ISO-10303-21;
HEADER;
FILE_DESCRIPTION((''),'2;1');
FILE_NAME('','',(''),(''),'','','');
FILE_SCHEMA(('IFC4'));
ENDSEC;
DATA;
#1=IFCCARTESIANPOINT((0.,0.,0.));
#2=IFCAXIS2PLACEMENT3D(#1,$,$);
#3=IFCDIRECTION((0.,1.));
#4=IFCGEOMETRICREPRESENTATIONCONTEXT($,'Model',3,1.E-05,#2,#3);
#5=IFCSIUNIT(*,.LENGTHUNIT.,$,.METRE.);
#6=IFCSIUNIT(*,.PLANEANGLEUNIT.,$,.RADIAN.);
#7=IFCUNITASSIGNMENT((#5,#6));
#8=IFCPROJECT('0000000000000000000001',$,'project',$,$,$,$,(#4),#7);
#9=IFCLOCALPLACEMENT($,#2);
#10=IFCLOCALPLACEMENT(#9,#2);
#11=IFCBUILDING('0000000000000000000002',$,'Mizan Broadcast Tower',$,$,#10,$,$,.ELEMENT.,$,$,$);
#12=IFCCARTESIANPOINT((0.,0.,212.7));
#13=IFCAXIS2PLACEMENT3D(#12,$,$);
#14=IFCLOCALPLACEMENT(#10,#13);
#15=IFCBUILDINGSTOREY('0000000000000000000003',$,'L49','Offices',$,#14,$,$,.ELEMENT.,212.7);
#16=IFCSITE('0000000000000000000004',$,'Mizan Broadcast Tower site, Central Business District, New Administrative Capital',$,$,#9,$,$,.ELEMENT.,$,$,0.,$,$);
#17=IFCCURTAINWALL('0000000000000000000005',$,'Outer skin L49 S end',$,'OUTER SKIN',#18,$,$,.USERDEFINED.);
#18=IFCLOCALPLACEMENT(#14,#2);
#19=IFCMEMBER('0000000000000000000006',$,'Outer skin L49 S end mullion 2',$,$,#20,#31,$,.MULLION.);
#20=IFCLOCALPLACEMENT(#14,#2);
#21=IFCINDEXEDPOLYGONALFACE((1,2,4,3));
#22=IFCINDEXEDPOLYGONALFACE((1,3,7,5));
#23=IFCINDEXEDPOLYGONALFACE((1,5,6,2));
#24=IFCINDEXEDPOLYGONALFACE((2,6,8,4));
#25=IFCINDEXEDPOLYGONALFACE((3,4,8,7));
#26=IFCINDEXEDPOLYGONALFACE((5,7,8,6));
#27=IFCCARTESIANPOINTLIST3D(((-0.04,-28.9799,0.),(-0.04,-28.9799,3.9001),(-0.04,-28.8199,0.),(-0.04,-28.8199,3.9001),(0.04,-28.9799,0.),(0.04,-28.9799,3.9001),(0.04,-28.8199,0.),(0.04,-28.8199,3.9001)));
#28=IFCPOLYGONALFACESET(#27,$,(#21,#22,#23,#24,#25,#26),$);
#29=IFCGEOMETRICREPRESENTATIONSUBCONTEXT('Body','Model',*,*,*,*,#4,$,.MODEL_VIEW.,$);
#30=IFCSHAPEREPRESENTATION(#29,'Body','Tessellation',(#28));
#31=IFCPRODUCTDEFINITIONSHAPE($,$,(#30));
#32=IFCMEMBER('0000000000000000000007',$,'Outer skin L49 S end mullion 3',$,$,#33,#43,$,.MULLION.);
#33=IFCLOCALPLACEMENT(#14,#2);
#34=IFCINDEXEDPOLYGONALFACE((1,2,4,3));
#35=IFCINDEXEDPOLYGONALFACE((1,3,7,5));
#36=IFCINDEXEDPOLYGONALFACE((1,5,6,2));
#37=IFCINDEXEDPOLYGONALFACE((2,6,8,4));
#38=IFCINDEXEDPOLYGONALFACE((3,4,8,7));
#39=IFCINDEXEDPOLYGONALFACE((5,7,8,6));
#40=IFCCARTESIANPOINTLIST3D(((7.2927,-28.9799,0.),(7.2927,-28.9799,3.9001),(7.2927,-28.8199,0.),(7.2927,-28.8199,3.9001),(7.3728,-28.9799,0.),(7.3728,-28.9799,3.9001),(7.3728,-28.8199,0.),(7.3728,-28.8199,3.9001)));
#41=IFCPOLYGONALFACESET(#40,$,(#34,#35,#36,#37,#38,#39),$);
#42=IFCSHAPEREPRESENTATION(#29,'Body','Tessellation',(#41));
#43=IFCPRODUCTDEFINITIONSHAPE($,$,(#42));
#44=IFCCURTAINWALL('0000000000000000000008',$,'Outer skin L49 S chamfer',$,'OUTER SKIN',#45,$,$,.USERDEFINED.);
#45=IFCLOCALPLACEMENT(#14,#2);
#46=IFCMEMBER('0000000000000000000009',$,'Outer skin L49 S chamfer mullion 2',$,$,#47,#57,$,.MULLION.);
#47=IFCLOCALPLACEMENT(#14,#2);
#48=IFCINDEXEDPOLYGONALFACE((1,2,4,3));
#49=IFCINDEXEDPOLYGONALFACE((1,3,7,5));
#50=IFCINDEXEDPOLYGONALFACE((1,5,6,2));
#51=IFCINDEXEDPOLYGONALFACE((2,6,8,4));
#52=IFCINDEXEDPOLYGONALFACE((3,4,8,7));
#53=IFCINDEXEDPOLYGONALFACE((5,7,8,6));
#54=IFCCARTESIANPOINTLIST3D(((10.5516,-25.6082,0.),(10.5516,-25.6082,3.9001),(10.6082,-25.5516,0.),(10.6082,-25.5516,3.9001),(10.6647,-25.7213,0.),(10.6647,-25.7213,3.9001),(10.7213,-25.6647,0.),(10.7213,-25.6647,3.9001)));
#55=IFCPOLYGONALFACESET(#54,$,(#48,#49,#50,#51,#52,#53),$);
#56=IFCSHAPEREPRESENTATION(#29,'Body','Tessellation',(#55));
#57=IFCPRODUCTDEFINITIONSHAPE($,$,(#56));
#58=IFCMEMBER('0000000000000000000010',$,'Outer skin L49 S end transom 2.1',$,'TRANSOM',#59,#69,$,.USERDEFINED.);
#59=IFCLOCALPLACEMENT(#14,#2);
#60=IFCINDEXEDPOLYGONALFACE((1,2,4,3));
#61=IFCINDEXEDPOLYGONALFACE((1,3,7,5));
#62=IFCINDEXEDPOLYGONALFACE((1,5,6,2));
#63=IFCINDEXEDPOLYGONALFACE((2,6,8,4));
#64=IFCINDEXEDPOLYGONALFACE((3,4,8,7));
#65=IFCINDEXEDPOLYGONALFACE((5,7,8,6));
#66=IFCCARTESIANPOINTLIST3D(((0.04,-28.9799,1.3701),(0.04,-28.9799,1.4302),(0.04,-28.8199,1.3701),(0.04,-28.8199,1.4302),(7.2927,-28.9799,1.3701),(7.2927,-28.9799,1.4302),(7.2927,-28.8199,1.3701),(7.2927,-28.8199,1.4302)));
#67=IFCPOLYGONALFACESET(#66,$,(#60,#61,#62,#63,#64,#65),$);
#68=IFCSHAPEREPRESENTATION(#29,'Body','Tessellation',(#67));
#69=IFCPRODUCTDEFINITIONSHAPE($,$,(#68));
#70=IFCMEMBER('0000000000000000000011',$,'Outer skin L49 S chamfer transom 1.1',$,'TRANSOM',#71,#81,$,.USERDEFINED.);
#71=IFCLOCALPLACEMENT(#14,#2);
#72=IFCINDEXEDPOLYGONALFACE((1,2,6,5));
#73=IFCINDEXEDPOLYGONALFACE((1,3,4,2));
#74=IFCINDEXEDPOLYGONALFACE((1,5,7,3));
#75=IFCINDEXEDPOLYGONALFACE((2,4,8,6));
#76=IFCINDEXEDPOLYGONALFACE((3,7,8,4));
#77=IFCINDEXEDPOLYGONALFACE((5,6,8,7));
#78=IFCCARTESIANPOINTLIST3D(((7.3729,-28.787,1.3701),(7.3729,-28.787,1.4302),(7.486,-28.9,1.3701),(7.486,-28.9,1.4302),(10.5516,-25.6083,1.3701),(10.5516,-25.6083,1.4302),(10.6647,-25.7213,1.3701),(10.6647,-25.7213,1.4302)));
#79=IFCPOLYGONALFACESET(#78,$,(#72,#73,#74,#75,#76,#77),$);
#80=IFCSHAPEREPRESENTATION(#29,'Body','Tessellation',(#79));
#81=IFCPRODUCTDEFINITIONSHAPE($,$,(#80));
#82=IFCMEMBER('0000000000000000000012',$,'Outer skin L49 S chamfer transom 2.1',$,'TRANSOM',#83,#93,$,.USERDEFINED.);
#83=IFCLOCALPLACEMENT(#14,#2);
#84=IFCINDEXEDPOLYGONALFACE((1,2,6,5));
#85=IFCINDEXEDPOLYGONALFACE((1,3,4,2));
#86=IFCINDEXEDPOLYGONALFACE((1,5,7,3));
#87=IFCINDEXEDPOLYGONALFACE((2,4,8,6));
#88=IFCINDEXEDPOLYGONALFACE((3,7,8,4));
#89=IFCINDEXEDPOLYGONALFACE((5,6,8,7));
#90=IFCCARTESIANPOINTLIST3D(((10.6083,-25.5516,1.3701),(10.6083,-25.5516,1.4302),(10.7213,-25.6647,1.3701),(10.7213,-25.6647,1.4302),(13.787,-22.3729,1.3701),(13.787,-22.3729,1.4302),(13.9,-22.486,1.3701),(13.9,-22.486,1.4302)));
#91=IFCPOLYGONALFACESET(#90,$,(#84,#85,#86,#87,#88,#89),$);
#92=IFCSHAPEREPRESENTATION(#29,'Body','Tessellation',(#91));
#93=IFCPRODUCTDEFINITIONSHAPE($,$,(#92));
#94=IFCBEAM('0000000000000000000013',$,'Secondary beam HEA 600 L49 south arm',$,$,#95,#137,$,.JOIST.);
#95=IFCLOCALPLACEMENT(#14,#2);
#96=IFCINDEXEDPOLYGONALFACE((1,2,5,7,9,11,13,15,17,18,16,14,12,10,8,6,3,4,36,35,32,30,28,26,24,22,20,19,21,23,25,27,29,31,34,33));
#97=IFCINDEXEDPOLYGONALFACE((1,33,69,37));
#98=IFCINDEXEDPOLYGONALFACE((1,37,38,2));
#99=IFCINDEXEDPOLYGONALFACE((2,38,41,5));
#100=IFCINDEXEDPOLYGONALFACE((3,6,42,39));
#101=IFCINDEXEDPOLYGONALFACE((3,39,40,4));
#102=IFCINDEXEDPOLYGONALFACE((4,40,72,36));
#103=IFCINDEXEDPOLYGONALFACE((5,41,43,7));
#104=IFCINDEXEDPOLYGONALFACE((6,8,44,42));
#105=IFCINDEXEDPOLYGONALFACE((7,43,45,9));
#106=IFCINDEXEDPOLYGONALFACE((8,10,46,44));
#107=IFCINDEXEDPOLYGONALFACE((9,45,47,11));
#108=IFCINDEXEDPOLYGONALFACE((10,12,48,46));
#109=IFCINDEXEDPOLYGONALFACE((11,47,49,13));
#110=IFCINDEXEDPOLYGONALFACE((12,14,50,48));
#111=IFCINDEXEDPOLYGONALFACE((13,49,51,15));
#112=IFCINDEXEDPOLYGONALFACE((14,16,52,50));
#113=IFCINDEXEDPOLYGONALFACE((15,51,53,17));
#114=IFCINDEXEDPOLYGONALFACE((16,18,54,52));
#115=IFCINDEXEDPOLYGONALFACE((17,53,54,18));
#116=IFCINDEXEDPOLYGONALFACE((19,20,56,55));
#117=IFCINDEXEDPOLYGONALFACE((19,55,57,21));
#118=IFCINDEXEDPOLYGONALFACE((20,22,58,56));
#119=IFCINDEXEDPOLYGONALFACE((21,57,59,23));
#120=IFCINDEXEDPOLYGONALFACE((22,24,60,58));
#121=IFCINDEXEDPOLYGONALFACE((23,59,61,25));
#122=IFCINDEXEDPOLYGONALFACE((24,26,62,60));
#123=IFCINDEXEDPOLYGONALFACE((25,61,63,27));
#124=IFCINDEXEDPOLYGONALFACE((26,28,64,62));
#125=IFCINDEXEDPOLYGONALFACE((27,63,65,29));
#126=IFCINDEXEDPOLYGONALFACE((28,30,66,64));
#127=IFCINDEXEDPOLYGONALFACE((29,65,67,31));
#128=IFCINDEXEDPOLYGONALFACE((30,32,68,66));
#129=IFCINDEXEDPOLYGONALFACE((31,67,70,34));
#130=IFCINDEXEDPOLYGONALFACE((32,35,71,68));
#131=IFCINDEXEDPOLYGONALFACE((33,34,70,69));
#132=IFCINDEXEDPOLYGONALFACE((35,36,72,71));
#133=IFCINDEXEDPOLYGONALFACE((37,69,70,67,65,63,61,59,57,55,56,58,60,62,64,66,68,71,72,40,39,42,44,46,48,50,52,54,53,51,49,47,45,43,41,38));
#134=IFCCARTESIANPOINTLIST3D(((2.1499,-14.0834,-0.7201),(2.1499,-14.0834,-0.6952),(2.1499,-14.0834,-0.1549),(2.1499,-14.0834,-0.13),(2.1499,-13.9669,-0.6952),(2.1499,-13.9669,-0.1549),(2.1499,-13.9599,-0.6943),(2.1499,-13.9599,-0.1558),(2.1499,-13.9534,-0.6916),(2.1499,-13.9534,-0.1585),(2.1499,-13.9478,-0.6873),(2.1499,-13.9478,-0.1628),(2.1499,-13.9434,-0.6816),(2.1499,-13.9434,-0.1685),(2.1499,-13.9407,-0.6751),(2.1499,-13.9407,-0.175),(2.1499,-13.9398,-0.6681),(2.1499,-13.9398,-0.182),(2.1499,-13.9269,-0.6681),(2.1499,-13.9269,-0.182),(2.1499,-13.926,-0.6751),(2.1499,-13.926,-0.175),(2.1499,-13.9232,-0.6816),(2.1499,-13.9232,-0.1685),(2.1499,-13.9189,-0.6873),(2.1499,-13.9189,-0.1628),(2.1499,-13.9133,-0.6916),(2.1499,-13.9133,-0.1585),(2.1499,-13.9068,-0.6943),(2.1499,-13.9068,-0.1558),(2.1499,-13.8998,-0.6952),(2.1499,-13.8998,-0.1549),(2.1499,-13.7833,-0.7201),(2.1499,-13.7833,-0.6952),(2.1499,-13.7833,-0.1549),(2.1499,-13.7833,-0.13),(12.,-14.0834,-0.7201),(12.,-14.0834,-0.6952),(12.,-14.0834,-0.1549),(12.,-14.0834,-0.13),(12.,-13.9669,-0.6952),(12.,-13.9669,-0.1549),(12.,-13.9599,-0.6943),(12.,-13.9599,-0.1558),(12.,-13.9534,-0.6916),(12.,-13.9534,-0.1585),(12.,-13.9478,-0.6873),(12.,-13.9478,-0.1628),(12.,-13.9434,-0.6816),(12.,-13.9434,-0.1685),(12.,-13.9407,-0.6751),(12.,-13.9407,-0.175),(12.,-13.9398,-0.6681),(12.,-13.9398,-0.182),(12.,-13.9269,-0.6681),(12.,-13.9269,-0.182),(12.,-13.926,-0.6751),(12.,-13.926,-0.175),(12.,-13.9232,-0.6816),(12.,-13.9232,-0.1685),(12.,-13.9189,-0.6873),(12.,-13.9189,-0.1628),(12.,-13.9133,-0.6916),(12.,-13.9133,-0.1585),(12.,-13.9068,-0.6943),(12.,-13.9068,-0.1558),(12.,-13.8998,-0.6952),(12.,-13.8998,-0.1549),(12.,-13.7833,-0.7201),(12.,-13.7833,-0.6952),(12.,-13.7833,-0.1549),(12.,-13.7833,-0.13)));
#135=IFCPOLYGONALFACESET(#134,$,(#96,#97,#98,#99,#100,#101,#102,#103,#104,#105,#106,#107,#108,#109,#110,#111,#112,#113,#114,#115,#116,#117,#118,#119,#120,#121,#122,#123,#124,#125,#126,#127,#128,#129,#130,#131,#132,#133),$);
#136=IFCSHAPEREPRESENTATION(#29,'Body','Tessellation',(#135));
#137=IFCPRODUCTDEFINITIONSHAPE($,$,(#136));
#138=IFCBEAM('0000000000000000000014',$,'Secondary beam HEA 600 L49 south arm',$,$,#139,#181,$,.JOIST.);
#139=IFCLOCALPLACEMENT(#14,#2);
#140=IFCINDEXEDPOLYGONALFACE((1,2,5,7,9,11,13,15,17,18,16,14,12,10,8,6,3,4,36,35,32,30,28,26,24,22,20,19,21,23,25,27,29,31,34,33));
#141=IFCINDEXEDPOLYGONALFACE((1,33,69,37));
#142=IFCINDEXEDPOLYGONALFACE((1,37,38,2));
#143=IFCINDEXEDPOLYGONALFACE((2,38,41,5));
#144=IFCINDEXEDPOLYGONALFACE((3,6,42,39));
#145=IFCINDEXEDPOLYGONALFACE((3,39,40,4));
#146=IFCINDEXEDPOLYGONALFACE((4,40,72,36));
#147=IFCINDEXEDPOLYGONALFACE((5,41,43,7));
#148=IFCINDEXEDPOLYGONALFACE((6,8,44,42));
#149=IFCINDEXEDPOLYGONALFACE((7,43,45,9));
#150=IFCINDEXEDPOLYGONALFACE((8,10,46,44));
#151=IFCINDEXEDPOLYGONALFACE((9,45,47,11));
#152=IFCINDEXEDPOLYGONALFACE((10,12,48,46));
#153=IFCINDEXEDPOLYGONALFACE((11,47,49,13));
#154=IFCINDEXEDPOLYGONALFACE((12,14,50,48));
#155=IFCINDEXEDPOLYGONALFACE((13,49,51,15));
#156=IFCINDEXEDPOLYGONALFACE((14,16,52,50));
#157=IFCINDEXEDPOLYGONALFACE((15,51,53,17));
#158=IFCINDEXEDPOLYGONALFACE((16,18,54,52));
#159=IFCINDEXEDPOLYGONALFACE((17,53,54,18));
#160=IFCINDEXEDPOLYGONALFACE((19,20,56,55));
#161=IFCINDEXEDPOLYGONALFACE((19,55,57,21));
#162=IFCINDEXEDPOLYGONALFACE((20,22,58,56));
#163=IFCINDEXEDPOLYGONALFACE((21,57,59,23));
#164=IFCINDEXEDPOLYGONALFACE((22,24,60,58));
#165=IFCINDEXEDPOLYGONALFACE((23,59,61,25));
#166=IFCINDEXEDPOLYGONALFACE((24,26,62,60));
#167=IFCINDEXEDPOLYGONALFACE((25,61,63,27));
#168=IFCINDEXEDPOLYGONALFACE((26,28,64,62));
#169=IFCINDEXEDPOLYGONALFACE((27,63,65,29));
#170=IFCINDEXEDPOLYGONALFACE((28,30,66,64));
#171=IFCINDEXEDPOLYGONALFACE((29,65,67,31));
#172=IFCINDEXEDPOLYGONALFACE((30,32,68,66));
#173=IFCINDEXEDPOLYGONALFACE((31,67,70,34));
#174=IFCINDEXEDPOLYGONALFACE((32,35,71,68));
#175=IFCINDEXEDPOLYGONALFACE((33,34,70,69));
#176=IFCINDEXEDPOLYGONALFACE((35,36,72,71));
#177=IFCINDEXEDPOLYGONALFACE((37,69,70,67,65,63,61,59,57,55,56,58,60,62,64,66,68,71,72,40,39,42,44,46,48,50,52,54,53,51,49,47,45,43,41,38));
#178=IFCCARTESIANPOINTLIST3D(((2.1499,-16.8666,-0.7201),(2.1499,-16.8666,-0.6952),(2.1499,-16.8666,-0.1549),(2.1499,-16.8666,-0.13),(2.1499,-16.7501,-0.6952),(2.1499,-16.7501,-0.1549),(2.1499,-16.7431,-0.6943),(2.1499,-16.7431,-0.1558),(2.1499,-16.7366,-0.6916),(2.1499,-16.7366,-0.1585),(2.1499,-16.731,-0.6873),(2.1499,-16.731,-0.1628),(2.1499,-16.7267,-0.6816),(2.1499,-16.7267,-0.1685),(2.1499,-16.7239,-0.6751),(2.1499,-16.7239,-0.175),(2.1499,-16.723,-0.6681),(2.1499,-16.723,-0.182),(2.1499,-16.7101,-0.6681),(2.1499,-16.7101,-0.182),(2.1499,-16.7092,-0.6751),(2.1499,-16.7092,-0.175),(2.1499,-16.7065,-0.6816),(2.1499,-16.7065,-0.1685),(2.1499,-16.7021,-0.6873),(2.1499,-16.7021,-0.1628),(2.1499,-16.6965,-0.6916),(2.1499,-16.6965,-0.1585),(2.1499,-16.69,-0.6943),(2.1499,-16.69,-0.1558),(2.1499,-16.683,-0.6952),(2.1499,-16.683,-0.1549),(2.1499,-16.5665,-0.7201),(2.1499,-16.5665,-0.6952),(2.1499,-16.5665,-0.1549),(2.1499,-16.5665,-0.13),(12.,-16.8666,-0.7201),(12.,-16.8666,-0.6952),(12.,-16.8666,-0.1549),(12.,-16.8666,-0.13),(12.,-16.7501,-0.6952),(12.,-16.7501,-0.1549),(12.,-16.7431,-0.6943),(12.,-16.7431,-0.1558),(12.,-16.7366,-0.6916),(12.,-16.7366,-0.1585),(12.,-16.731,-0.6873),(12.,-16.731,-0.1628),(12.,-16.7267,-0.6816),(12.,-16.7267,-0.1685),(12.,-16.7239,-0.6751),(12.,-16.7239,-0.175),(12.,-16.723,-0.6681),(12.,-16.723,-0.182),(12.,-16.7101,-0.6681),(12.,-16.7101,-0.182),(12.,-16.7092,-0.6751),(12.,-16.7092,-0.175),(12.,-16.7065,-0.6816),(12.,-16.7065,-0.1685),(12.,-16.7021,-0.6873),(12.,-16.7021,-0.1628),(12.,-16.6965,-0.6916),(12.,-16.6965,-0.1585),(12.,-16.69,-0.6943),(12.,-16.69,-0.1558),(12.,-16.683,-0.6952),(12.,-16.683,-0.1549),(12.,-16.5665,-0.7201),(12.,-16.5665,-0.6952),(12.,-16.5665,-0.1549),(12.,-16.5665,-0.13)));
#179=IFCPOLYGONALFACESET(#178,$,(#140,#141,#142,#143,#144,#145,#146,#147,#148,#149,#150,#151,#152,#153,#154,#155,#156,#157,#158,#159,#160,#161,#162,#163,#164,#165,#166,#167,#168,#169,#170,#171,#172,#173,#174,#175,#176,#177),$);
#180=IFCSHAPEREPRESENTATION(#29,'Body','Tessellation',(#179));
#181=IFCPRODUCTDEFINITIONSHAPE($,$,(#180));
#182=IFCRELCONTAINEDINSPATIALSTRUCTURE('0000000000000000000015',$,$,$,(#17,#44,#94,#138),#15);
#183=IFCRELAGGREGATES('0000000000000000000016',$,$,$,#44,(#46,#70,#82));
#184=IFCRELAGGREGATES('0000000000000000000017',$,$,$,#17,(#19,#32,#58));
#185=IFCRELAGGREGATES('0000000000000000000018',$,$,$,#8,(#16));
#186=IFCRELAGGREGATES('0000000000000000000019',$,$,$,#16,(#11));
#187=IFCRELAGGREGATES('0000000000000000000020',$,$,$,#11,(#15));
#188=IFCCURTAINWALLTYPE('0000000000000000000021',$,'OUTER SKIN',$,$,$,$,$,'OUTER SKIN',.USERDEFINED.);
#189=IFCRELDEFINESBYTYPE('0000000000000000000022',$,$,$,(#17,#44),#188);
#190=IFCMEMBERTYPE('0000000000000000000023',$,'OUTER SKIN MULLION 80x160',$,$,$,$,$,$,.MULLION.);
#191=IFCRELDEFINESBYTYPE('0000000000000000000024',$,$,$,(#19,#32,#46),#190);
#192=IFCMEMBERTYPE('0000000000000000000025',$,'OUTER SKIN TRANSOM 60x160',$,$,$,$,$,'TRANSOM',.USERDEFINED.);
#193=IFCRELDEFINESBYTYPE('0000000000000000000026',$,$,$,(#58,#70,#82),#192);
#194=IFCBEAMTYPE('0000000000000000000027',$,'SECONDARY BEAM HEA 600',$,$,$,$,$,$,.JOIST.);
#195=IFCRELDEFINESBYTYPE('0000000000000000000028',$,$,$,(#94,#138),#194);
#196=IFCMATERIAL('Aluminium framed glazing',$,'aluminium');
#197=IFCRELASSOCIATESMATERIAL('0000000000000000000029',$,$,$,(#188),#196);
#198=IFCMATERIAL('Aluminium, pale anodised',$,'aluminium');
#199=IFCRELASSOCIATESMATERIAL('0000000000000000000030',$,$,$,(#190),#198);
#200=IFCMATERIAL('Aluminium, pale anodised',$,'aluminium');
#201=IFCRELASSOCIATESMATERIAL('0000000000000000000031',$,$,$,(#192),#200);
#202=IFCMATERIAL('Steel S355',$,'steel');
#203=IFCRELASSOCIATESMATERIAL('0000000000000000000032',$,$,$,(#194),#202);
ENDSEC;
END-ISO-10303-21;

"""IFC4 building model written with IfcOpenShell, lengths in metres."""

from ifc_helpers import new_model, si_unit, direction, frame, origin, origin_2d, place, context, subcontext, project, spatial, rectangle, i_section, extrude, material, material_profile, profile_set, type_object, element, aggregate, save


model = new_model("IFC4")

# Units and contexts
model_context = context("Model", 3, precision=1e-05, world=origin(), true_north=direction((0.0, 1.0)))
body_context = subcontext(model_context, "Body", "Model", "MODEL_VIEW")
ifc_project = project(units=[si_unit("LENGTHUNIT", "METRE"), si_unit("PLANEANGLEUNIT", "RADIAN")], contexts=[model_context])

# Site, building, storey
site_placement = place(None, origin())
site = spatial("IfcSite", under=ifc_project, at=site_placement, Name="Mizan Broadcast Tower site, Central Business District, New Administrative Capital", CompositionType="ELEMENT", RefElevation=0.0)
building_placement = place(site_placement, origin())
building = spatial("IfcBuilding", under=site, at=building_placement, Name="Mizan Broadcast Tower", CompositionType="ELEMENT")
storey_placement = place(building_placement, frame((0.0, 0.0, 212.7)))
storey = spatial("IfcBuildingStorey", under=building, at=storey_placement, Name="L49", Description="Offices", CompositionType="ELEMENT", Elevation=212.7)

# Curtain wall, members
ifc_material_1 = material(Name="Aluminium framed glazing", Category="aluminium")
curtain_wall_type_1 = type_object("IfcCurtainWallType", Name="OUTER SKIN", ElementType="OUTER SKIN", PredefinedType="USERDEFINED", material=ifc_material_1)
curtain_wall_1_placement = place(storey_placement, origin())
curtain_wall_1 = element("IfcCurtainWall", 1, at=curtain_wall_1_placement, inside=storey, type_object=curtain_wall_type_1, Name="Outer skin L49 S end", ObjectType="OUTER SKIN", PredefinedType="USERDEFINED")
ifc_material_2 = material(Name="Aluminium, pale anodised", Category="aluminium")
ifc_material_profile_1 = material_profile(ifc_material_2, rectangle(XDim=0.1599, YDim=0.0801, at=origin_2d()), Name="MULLION 160x80")
ifc_profile_set_1 = profile_set([ifc_material_profile_1], Name="Aluminium, pale anodised")
member_type_1 = type_object("IfcMemberType", Name="OUTER SKIN MULLION 80x160", PredefinedType="MULLION", material=ifc_profile_set_1)
member_1_placement = place(storey_placement, frame((0.0, -28.8999, 0.0), z_axis=(0.0, 0.0, 1.0), x_axis=(0.0, 1.0, 0.0)))
member_1 = element("IfcMember", 2, at=member_1_placement, type_object=member_type_1, Name="Outer skin L49 S end mullion 2", PredefinedType="MULLION", context=body_context, shape_type="SweptSolid", body=[
    extrude(rectangle(XDim=0.1599, YDim=0.0801, at=origin_2d()), origin(), (0.0, 0.0, 1.0), 3.9001),
])
member_2_placement = place(storey_placement, frame((7.3328, -28.8999, 0.0), z_axis=(0.0, 0.0, 1.0), x_axis=(0.0, 1.0, 0.0)))
member_2 = element("IfcMember", 3, at=member_2_placement, type_object=member_type_1, Name="Outer skin L49 S end mullion 3", PredefinedType="MULLION", context=body_context, shape_type="SweptSolid", body=[
    extrude(rectangle(XDim=0.1599, YDim=0.0801, at=origin_2d()), origin(), (0.0, 0.0, 1.0), 3.9001),
])

# Curtain wall, member
curtain_wall_2_placement = place(storey_placement, origin())
curtain_wall_2 = element("IfcCurtainWall", 4, at=curtain_wall_2_placement, inside=storey, type_object=curtain_wall_type_1, Name="Outer skin L49 S chamfer", ObjectType="OUTER SKIN", PredefinedType="USERDEFINED")
member_3_placement = place(storey_placement, frame((10.6365, -25.6365, 0.0), z_axis=(0.0, 0.0, 1.0), x_axis=(-0.707107, 0.707107, 0.0)))
member_3 = element("IfcMember", 5, at=member_3_placement, type_object=member_type_1, Name="Outer skin L49 S chamfer mullion 2", PredefinedType="MULLION", context=body_context, shape_type="SweptSolid", body=[
    extrude(rectangle(XDim=0.1599, YDim=0.0801, at=origin_2d()), origin(), (0.0, 0.0, 1.0), 3.9001),
])

# Members
ifc_material_3 = material(Name="Aluminium, pale anodised", Category="aluminium")
ifc_material_profile_2 = material_profile(ifc_material_3, rectangle(XDim=0.1599, YDim=0.0601, at=origin_2d()), Name="TRANSOM 160x60")
ifc_profile_set_2 = profile_set([ifc_material_profile_2], Name="Aluminium, pale anodised")
member_type_2 = type_object("IfcMemberType", Name="OUTER SKIN TRANSOM 60x160", ElementType="TRANSOM", PredefinedType="USERDEFINED", material=ifc_profile_set_2)
member_4_placement = place(storey_placement, frame((0.04, -28.8999, 1.4001), z_axis=(1.0, 0.0, 0.0), x_axis=(0.0, 1.0, 0.0)))
member_4 = element("IfcMember", 6, at=member_4_placement, type_object=member_type_2, Name="Outer skin L49 S end transom 2.1", ObjectType="TRANSOM", PredefinedType="USERDEFINED", context=body_context, shape_type="SweptSolid", body=[
    extrude(rectangle(XDim=0.1599, YDim=0.0601, at=origin_2d()), origin(), (0.0, 0.0, 1.0), 7.2527),
])
member_5_placement = place(storey_placement, frame((7.4294, -28.8435, 1.4001), z_axis=(0.707107, 0.707107, 0.0), x_axis=(-0.707107, 0.707107, 0.0)))
member_5 = element("IfcMember", 7, at=member_5_placement, type_object=member_type_2, Name="Outer skin L49 S chamfer transom 1.1", ObjectType="TRANSOM", PredefinedType="USERDEFINED", context=body_context, shape_type="SweptSolid", body=[
    extrude(rectangle(XDim=0.1599, YDim=0.0601, at=origin_2d()), origin(), (0.0, 0.0, 1.0), 4.4954),
])
member_6_placement = place(storey_placement, frame((10.6648, -25.6082, 1.4001), z_axis=(0.707107, 0.707107, 0.0), x_axis=(-0.707107, 0.707107, 0.0)))
member_6 = element("IfcMember", 8, at=member_6_placement, type_object=member_type_2, Name="Outer skin L49 S chamfer transom 2.1", ObjectType="TRANSOM", PredefinedType="USERDEFINED", context=body_context, shape_type="SweptSolid", body=[
    extrude(rectangle(XDim=0.1599, YDim=0.0601, at=origin_2d()), origin(), (0.0, 0.0, 1.0), 4.4954),
])

# Beams
ifc_material_4 = material(Name="Steel S355", Category="steel")
ifc_material_profile_3 = material_profile(ifc_material_4, i_section(OverallWidth=0.3, OverallDepth=0.5901, WebThickness=0.0129, FlangeThickness=0.0249, FilletRadius=0.0271, at=origin_2d()), Name="HEA 600")
ifc_profile_set_3 = profile_set([ifc_material_profile_3], Name="Steel S355")
beam_type_1 = type_object("IfcBeamType", Name="SECONDARY BEAM HEA 600", PredefinedType="JOIST", material=ifc_profile_set_3)
for number, where, z_axis, x_axis, name in (
    (9, (12.0, -13.9333, -0.425), (-1.0, 0.0, 0.0), (0.0, -1.0, 0.0), "Secondary beam HEA 600 L49 south arm"),
    (10, (12.0, -16.7166, -0.425), (-1.0, 0.0, 0.0), (0.0, -1.0, 0.0), "Secondary beam HEA 600 L49 south arm"),
):
    element("IfcBeam", number, at=place(storey_placement, frame(where, z_axis=z_axis, x_axis=x_axis)), inside=storey, type_object=beam_type_1, Name=name, PredefinedType="JOIST", context=body_context, shape_type="SweptSolid", body=[
        extrude(i_section(OverallWidth=0.3, OverallDepth=0.5901, WebThickness=0.0129, FlangeThickness=0.0249, FilletRadius=0.0271, at=origin_2d()), origin(), (0.0, 0.0, 1.0), 9.8501),
    ])

aggregate(curtain_wall_2, [member_3, member_5, member_6])
aggregate(curtain_wall_1, [member_1, member_2, member_4])

save(model, "model.ifc")
